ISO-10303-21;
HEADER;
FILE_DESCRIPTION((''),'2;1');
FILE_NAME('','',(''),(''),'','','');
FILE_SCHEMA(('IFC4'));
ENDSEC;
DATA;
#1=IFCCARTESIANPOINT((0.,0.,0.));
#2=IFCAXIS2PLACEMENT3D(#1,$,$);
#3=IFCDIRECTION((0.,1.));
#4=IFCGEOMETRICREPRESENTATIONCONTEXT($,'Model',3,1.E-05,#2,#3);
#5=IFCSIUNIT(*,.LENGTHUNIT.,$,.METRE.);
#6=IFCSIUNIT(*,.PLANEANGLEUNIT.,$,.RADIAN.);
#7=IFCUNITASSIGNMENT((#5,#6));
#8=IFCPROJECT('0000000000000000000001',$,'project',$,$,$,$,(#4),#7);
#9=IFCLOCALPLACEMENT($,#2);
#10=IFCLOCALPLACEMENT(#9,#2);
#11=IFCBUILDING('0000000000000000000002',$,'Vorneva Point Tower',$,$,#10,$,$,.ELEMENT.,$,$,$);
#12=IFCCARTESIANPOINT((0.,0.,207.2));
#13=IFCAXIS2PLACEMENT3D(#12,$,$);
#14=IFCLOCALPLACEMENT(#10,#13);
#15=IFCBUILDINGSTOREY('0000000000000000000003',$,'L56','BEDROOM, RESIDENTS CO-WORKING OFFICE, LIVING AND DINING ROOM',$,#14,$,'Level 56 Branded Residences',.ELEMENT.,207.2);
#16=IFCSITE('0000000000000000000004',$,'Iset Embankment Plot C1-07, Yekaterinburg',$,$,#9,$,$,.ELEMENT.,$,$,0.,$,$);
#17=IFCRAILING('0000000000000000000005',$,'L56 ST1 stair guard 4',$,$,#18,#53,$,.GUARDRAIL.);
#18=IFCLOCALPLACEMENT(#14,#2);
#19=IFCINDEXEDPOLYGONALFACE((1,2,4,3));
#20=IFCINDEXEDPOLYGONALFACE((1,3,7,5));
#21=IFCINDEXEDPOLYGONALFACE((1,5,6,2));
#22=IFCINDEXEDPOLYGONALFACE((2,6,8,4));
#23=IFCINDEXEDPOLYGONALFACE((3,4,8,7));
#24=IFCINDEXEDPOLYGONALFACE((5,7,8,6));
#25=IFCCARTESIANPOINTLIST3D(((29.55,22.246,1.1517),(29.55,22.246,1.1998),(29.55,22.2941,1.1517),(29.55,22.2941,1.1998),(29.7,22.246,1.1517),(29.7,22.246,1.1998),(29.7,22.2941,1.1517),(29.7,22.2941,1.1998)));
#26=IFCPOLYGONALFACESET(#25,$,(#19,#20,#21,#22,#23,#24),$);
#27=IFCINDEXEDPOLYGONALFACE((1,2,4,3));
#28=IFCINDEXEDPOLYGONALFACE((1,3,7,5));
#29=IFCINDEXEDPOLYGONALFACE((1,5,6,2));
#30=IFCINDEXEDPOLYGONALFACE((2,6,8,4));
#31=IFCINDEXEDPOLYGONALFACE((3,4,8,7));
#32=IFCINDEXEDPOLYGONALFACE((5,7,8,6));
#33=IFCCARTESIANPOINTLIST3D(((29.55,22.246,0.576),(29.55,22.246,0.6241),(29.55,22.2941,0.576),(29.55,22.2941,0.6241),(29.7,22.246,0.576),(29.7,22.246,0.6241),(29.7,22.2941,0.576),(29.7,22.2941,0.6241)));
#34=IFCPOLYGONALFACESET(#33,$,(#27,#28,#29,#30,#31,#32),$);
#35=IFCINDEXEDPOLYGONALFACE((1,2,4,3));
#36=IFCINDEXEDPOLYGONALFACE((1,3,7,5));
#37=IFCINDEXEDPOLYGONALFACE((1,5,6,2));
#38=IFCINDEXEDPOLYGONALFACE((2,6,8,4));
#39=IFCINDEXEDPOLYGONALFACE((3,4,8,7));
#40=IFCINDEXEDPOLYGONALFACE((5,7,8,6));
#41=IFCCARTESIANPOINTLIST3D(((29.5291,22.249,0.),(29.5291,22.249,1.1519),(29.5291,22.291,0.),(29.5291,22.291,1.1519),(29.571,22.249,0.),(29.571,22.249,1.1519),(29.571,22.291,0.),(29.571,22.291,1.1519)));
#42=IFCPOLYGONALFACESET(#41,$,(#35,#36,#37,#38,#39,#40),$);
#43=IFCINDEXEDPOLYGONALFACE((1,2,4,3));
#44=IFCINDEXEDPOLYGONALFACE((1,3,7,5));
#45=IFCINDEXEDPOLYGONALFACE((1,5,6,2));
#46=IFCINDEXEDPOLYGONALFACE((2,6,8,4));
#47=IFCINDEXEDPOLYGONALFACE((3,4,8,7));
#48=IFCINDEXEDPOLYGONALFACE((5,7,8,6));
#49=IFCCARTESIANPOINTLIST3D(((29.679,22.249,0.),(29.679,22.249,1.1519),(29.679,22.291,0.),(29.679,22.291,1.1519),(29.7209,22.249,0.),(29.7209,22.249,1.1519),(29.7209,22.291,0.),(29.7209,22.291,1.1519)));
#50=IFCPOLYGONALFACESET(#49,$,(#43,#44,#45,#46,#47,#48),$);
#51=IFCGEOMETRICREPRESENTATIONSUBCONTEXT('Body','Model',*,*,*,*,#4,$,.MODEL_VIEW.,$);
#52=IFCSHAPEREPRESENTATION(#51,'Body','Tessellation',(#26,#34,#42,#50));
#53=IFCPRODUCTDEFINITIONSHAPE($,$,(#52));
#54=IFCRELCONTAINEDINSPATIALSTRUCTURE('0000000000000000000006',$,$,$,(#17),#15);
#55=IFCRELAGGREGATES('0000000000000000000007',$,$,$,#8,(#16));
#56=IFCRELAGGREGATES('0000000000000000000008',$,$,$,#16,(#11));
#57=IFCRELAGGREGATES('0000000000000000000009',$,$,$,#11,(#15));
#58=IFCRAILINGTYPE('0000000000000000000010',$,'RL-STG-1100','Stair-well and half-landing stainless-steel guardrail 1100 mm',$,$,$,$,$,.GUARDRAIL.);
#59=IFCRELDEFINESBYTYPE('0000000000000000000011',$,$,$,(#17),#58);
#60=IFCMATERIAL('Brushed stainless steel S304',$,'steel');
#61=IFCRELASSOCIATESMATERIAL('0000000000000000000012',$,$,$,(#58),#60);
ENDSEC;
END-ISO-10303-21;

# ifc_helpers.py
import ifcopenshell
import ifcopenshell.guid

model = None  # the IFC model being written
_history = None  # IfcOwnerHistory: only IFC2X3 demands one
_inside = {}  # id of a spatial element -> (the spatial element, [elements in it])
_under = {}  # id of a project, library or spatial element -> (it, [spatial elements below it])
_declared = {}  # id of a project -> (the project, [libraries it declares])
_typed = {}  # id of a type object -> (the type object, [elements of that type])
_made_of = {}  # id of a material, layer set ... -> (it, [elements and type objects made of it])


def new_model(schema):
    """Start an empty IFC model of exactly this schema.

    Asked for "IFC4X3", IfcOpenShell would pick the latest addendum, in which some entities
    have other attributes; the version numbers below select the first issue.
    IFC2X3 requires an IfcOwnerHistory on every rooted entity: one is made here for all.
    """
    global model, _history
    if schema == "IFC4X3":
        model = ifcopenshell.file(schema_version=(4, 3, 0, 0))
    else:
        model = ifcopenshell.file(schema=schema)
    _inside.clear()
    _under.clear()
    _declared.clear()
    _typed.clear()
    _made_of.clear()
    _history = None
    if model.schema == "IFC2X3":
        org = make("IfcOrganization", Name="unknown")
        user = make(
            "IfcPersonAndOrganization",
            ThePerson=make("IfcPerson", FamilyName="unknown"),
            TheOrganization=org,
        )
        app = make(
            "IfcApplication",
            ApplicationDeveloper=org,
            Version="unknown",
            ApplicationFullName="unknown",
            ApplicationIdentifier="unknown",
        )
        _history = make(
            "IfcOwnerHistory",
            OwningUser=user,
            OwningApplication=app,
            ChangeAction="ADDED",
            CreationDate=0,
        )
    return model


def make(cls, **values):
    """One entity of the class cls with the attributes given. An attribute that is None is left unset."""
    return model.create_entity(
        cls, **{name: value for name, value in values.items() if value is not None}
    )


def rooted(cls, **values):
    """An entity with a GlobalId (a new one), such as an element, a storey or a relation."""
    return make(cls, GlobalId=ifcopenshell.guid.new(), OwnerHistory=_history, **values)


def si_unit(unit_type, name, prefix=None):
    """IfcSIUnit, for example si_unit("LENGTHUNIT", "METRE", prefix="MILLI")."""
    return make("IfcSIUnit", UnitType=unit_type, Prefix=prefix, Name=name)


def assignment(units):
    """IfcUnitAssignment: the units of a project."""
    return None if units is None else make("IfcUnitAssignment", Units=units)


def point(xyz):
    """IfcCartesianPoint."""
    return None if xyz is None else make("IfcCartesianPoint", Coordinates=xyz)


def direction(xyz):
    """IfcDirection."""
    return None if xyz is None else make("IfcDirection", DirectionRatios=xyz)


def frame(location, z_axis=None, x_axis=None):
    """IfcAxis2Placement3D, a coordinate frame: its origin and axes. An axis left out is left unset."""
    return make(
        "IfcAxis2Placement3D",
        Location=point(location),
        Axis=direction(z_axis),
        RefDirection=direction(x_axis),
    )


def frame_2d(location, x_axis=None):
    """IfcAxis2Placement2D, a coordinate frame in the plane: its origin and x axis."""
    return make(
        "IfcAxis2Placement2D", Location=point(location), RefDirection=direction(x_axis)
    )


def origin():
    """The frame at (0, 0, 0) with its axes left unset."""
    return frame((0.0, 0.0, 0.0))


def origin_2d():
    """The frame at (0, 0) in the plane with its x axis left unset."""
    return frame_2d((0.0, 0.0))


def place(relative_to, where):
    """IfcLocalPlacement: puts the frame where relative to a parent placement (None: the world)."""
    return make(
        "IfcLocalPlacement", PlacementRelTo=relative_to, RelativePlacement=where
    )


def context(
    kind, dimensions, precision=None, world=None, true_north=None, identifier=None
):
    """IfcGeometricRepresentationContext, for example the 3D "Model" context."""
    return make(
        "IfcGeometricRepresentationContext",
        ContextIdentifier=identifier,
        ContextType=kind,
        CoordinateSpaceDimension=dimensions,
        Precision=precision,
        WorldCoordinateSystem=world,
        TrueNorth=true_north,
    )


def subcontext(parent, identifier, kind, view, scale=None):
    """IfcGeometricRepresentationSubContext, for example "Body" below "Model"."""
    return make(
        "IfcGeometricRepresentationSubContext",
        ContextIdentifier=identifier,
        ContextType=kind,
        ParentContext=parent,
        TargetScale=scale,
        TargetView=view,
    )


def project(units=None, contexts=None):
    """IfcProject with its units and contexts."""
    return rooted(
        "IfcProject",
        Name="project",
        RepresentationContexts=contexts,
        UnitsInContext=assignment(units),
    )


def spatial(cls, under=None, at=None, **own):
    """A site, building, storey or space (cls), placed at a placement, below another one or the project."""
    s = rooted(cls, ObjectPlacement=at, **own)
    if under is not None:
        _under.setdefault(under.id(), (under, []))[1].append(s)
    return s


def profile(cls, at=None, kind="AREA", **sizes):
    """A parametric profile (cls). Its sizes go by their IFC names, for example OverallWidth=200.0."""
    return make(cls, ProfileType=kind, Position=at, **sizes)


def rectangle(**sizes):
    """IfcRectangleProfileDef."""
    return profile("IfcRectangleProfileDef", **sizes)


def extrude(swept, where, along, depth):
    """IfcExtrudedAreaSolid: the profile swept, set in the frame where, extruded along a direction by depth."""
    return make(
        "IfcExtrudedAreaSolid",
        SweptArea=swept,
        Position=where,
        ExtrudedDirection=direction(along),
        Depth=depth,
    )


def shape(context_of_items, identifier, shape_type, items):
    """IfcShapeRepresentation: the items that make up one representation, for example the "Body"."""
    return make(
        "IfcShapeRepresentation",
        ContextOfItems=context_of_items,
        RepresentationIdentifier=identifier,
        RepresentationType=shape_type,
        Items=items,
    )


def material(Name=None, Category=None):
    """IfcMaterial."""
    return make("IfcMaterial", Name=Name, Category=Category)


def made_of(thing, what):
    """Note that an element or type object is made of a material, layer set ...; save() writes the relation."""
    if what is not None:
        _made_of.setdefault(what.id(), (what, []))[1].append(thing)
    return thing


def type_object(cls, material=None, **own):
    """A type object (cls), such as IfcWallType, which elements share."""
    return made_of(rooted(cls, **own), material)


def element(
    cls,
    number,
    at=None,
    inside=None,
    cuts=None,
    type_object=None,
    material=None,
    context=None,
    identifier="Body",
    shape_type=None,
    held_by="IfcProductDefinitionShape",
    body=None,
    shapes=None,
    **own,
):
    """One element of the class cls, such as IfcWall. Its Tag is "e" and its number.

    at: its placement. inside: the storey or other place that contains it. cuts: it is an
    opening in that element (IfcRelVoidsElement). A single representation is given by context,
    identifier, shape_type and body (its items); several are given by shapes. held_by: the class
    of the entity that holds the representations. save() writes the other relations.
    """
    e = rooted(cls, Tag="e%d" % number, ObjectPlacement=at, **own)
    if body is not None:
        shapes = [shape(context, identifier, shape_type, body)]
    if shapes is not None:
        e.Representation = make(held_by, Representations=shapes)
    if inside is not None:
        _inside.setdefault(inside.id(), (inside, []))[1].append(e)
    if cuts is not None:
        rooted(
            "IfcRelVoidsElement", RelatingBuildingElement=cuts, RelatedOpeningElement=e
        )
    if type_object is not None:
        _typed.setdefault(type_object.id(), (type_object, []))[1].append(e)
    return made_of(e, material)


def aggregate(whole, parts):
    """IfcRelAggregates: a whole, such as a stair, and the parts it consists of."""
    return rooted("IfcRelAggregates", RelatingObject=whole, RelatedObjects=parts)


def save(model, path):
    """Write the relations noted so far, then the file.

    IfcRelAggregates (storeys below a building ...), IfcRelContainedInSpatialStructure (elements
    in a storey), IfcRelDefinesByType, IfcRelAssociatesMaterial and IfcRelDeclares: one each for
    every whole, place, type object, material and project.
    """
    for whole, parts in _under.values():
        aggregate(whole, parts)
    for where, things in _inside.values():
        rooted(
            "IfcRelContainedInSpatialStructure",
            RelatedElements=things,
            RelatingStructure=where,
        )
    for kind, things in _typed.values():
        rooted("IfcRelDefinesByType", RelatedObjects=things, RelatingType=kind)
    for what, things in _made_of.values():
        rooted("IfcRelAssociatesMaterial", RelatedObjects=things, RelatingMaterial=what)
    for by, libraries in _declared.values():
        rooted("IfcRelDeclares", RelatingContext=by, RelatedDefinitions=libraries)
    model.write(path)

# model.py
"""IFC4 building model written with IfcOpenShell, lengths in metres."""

from ifc_helpers import new_model, si_unit, direction, frame, origin, origin_2d, place, context, subcontext, project, spatial, rectangle, extrude, material, type_object, element, save


model = new_model("IFC4")

# Units and contexts
model_context = context("Model", 3, precision=1e-05, world=origin(), true_north=direction((0.0, 1.0)))
body_context = subcontext(model_context, "Body", "Model", "MODEL_VIEW")
ifc_project = project(units=[si_unit("LENGTHUNIT", "METRE"), si_unit("PLANEANGLEUNIT", "RADIAN")], contexts=[model_context])

# Site, building, storey
site_placement = place(None, origin())
site = spatial("IfcSite", under=ifc_project, at=site_placement, Name="Iset Embankment Plot C1-07, Yekaterinburg", CompositionType="ELEMENT", RefElevation=0.0)
building_placement = place(site_placement, origin())
building = spatial("IfcBuilding", under=site, at=building_placement, Name="Vorneva Point Tower", CompositionType="ELEMENT")
storey_placement = place(building_placement, frame((0.0, 0.0, 207.2)))
storey = spatial("IfcBuildingStorey", under=building, at=storey_placement, Name="L56", Description="BEDROOM, RESIDENTS CO-WORKING OFFICE, LIVING AND DINING ROOM", LongName="Level 56 Branded Residences", CompositionType="ELEMENT", Elevation=207.2)

# Shared definitions
ifc_material_1 = material(Name="Brushed stainless steel S304", Category="steel")

# Railing
railing_type_1 = type_object("IfcRailingType", Name="RL-STG-1100", Description="Stair-well and half-landing stainless-steel guardrail 1100 mm", PredefinedType="GUARDRAIL", material=ifc_material_1)
railing_1_placement = place(storey_placement, frame((29.55, 22.27, 0.0)))
element("IfcRailing", 1, at=railing_1_placement, inside=storey, type_object=railing_type_1, Name="L56 ST1 stair guard 4", PredefinedType="GUARDRAIL", context=body_context, shape_type="SweptSolid", body=[
    extrude(rectangle(XDim=0.0481, YDim=0.0481, at=origin_2d()), frame((0.0, 0.0, 1.1758), z_axis=(1.0, 0.0, 0.0), x_axis=(0.0, 1.0, 0.0)), (0.0, 0.0, 1.0), 0.1499),
    extrude(rectangle(XDim=0.0481, YDim=0.0481, at=origin_2d()), frame((0.0, 0.0, 0.6001), z_axis=(1.0, 0.0, 0.0), x_axis=(0.0, 1.0, 0.0)), (0.0, 0.0, 1.0), 0.1499),
    extrude(rectangle(XDim=0.042, YDim=0.042, at=origin_2d()), origin(), (0.0, 0.0, 1.0), 1.1519),
    extrude(rectangle(XDim=0.042, YDim=0.042, at=origin_2d()), frame((0.1499, 0.0, 0.0)), (0.0, 0.0, 1.0), 1.1519),
])

save(model, "model.ifc")
